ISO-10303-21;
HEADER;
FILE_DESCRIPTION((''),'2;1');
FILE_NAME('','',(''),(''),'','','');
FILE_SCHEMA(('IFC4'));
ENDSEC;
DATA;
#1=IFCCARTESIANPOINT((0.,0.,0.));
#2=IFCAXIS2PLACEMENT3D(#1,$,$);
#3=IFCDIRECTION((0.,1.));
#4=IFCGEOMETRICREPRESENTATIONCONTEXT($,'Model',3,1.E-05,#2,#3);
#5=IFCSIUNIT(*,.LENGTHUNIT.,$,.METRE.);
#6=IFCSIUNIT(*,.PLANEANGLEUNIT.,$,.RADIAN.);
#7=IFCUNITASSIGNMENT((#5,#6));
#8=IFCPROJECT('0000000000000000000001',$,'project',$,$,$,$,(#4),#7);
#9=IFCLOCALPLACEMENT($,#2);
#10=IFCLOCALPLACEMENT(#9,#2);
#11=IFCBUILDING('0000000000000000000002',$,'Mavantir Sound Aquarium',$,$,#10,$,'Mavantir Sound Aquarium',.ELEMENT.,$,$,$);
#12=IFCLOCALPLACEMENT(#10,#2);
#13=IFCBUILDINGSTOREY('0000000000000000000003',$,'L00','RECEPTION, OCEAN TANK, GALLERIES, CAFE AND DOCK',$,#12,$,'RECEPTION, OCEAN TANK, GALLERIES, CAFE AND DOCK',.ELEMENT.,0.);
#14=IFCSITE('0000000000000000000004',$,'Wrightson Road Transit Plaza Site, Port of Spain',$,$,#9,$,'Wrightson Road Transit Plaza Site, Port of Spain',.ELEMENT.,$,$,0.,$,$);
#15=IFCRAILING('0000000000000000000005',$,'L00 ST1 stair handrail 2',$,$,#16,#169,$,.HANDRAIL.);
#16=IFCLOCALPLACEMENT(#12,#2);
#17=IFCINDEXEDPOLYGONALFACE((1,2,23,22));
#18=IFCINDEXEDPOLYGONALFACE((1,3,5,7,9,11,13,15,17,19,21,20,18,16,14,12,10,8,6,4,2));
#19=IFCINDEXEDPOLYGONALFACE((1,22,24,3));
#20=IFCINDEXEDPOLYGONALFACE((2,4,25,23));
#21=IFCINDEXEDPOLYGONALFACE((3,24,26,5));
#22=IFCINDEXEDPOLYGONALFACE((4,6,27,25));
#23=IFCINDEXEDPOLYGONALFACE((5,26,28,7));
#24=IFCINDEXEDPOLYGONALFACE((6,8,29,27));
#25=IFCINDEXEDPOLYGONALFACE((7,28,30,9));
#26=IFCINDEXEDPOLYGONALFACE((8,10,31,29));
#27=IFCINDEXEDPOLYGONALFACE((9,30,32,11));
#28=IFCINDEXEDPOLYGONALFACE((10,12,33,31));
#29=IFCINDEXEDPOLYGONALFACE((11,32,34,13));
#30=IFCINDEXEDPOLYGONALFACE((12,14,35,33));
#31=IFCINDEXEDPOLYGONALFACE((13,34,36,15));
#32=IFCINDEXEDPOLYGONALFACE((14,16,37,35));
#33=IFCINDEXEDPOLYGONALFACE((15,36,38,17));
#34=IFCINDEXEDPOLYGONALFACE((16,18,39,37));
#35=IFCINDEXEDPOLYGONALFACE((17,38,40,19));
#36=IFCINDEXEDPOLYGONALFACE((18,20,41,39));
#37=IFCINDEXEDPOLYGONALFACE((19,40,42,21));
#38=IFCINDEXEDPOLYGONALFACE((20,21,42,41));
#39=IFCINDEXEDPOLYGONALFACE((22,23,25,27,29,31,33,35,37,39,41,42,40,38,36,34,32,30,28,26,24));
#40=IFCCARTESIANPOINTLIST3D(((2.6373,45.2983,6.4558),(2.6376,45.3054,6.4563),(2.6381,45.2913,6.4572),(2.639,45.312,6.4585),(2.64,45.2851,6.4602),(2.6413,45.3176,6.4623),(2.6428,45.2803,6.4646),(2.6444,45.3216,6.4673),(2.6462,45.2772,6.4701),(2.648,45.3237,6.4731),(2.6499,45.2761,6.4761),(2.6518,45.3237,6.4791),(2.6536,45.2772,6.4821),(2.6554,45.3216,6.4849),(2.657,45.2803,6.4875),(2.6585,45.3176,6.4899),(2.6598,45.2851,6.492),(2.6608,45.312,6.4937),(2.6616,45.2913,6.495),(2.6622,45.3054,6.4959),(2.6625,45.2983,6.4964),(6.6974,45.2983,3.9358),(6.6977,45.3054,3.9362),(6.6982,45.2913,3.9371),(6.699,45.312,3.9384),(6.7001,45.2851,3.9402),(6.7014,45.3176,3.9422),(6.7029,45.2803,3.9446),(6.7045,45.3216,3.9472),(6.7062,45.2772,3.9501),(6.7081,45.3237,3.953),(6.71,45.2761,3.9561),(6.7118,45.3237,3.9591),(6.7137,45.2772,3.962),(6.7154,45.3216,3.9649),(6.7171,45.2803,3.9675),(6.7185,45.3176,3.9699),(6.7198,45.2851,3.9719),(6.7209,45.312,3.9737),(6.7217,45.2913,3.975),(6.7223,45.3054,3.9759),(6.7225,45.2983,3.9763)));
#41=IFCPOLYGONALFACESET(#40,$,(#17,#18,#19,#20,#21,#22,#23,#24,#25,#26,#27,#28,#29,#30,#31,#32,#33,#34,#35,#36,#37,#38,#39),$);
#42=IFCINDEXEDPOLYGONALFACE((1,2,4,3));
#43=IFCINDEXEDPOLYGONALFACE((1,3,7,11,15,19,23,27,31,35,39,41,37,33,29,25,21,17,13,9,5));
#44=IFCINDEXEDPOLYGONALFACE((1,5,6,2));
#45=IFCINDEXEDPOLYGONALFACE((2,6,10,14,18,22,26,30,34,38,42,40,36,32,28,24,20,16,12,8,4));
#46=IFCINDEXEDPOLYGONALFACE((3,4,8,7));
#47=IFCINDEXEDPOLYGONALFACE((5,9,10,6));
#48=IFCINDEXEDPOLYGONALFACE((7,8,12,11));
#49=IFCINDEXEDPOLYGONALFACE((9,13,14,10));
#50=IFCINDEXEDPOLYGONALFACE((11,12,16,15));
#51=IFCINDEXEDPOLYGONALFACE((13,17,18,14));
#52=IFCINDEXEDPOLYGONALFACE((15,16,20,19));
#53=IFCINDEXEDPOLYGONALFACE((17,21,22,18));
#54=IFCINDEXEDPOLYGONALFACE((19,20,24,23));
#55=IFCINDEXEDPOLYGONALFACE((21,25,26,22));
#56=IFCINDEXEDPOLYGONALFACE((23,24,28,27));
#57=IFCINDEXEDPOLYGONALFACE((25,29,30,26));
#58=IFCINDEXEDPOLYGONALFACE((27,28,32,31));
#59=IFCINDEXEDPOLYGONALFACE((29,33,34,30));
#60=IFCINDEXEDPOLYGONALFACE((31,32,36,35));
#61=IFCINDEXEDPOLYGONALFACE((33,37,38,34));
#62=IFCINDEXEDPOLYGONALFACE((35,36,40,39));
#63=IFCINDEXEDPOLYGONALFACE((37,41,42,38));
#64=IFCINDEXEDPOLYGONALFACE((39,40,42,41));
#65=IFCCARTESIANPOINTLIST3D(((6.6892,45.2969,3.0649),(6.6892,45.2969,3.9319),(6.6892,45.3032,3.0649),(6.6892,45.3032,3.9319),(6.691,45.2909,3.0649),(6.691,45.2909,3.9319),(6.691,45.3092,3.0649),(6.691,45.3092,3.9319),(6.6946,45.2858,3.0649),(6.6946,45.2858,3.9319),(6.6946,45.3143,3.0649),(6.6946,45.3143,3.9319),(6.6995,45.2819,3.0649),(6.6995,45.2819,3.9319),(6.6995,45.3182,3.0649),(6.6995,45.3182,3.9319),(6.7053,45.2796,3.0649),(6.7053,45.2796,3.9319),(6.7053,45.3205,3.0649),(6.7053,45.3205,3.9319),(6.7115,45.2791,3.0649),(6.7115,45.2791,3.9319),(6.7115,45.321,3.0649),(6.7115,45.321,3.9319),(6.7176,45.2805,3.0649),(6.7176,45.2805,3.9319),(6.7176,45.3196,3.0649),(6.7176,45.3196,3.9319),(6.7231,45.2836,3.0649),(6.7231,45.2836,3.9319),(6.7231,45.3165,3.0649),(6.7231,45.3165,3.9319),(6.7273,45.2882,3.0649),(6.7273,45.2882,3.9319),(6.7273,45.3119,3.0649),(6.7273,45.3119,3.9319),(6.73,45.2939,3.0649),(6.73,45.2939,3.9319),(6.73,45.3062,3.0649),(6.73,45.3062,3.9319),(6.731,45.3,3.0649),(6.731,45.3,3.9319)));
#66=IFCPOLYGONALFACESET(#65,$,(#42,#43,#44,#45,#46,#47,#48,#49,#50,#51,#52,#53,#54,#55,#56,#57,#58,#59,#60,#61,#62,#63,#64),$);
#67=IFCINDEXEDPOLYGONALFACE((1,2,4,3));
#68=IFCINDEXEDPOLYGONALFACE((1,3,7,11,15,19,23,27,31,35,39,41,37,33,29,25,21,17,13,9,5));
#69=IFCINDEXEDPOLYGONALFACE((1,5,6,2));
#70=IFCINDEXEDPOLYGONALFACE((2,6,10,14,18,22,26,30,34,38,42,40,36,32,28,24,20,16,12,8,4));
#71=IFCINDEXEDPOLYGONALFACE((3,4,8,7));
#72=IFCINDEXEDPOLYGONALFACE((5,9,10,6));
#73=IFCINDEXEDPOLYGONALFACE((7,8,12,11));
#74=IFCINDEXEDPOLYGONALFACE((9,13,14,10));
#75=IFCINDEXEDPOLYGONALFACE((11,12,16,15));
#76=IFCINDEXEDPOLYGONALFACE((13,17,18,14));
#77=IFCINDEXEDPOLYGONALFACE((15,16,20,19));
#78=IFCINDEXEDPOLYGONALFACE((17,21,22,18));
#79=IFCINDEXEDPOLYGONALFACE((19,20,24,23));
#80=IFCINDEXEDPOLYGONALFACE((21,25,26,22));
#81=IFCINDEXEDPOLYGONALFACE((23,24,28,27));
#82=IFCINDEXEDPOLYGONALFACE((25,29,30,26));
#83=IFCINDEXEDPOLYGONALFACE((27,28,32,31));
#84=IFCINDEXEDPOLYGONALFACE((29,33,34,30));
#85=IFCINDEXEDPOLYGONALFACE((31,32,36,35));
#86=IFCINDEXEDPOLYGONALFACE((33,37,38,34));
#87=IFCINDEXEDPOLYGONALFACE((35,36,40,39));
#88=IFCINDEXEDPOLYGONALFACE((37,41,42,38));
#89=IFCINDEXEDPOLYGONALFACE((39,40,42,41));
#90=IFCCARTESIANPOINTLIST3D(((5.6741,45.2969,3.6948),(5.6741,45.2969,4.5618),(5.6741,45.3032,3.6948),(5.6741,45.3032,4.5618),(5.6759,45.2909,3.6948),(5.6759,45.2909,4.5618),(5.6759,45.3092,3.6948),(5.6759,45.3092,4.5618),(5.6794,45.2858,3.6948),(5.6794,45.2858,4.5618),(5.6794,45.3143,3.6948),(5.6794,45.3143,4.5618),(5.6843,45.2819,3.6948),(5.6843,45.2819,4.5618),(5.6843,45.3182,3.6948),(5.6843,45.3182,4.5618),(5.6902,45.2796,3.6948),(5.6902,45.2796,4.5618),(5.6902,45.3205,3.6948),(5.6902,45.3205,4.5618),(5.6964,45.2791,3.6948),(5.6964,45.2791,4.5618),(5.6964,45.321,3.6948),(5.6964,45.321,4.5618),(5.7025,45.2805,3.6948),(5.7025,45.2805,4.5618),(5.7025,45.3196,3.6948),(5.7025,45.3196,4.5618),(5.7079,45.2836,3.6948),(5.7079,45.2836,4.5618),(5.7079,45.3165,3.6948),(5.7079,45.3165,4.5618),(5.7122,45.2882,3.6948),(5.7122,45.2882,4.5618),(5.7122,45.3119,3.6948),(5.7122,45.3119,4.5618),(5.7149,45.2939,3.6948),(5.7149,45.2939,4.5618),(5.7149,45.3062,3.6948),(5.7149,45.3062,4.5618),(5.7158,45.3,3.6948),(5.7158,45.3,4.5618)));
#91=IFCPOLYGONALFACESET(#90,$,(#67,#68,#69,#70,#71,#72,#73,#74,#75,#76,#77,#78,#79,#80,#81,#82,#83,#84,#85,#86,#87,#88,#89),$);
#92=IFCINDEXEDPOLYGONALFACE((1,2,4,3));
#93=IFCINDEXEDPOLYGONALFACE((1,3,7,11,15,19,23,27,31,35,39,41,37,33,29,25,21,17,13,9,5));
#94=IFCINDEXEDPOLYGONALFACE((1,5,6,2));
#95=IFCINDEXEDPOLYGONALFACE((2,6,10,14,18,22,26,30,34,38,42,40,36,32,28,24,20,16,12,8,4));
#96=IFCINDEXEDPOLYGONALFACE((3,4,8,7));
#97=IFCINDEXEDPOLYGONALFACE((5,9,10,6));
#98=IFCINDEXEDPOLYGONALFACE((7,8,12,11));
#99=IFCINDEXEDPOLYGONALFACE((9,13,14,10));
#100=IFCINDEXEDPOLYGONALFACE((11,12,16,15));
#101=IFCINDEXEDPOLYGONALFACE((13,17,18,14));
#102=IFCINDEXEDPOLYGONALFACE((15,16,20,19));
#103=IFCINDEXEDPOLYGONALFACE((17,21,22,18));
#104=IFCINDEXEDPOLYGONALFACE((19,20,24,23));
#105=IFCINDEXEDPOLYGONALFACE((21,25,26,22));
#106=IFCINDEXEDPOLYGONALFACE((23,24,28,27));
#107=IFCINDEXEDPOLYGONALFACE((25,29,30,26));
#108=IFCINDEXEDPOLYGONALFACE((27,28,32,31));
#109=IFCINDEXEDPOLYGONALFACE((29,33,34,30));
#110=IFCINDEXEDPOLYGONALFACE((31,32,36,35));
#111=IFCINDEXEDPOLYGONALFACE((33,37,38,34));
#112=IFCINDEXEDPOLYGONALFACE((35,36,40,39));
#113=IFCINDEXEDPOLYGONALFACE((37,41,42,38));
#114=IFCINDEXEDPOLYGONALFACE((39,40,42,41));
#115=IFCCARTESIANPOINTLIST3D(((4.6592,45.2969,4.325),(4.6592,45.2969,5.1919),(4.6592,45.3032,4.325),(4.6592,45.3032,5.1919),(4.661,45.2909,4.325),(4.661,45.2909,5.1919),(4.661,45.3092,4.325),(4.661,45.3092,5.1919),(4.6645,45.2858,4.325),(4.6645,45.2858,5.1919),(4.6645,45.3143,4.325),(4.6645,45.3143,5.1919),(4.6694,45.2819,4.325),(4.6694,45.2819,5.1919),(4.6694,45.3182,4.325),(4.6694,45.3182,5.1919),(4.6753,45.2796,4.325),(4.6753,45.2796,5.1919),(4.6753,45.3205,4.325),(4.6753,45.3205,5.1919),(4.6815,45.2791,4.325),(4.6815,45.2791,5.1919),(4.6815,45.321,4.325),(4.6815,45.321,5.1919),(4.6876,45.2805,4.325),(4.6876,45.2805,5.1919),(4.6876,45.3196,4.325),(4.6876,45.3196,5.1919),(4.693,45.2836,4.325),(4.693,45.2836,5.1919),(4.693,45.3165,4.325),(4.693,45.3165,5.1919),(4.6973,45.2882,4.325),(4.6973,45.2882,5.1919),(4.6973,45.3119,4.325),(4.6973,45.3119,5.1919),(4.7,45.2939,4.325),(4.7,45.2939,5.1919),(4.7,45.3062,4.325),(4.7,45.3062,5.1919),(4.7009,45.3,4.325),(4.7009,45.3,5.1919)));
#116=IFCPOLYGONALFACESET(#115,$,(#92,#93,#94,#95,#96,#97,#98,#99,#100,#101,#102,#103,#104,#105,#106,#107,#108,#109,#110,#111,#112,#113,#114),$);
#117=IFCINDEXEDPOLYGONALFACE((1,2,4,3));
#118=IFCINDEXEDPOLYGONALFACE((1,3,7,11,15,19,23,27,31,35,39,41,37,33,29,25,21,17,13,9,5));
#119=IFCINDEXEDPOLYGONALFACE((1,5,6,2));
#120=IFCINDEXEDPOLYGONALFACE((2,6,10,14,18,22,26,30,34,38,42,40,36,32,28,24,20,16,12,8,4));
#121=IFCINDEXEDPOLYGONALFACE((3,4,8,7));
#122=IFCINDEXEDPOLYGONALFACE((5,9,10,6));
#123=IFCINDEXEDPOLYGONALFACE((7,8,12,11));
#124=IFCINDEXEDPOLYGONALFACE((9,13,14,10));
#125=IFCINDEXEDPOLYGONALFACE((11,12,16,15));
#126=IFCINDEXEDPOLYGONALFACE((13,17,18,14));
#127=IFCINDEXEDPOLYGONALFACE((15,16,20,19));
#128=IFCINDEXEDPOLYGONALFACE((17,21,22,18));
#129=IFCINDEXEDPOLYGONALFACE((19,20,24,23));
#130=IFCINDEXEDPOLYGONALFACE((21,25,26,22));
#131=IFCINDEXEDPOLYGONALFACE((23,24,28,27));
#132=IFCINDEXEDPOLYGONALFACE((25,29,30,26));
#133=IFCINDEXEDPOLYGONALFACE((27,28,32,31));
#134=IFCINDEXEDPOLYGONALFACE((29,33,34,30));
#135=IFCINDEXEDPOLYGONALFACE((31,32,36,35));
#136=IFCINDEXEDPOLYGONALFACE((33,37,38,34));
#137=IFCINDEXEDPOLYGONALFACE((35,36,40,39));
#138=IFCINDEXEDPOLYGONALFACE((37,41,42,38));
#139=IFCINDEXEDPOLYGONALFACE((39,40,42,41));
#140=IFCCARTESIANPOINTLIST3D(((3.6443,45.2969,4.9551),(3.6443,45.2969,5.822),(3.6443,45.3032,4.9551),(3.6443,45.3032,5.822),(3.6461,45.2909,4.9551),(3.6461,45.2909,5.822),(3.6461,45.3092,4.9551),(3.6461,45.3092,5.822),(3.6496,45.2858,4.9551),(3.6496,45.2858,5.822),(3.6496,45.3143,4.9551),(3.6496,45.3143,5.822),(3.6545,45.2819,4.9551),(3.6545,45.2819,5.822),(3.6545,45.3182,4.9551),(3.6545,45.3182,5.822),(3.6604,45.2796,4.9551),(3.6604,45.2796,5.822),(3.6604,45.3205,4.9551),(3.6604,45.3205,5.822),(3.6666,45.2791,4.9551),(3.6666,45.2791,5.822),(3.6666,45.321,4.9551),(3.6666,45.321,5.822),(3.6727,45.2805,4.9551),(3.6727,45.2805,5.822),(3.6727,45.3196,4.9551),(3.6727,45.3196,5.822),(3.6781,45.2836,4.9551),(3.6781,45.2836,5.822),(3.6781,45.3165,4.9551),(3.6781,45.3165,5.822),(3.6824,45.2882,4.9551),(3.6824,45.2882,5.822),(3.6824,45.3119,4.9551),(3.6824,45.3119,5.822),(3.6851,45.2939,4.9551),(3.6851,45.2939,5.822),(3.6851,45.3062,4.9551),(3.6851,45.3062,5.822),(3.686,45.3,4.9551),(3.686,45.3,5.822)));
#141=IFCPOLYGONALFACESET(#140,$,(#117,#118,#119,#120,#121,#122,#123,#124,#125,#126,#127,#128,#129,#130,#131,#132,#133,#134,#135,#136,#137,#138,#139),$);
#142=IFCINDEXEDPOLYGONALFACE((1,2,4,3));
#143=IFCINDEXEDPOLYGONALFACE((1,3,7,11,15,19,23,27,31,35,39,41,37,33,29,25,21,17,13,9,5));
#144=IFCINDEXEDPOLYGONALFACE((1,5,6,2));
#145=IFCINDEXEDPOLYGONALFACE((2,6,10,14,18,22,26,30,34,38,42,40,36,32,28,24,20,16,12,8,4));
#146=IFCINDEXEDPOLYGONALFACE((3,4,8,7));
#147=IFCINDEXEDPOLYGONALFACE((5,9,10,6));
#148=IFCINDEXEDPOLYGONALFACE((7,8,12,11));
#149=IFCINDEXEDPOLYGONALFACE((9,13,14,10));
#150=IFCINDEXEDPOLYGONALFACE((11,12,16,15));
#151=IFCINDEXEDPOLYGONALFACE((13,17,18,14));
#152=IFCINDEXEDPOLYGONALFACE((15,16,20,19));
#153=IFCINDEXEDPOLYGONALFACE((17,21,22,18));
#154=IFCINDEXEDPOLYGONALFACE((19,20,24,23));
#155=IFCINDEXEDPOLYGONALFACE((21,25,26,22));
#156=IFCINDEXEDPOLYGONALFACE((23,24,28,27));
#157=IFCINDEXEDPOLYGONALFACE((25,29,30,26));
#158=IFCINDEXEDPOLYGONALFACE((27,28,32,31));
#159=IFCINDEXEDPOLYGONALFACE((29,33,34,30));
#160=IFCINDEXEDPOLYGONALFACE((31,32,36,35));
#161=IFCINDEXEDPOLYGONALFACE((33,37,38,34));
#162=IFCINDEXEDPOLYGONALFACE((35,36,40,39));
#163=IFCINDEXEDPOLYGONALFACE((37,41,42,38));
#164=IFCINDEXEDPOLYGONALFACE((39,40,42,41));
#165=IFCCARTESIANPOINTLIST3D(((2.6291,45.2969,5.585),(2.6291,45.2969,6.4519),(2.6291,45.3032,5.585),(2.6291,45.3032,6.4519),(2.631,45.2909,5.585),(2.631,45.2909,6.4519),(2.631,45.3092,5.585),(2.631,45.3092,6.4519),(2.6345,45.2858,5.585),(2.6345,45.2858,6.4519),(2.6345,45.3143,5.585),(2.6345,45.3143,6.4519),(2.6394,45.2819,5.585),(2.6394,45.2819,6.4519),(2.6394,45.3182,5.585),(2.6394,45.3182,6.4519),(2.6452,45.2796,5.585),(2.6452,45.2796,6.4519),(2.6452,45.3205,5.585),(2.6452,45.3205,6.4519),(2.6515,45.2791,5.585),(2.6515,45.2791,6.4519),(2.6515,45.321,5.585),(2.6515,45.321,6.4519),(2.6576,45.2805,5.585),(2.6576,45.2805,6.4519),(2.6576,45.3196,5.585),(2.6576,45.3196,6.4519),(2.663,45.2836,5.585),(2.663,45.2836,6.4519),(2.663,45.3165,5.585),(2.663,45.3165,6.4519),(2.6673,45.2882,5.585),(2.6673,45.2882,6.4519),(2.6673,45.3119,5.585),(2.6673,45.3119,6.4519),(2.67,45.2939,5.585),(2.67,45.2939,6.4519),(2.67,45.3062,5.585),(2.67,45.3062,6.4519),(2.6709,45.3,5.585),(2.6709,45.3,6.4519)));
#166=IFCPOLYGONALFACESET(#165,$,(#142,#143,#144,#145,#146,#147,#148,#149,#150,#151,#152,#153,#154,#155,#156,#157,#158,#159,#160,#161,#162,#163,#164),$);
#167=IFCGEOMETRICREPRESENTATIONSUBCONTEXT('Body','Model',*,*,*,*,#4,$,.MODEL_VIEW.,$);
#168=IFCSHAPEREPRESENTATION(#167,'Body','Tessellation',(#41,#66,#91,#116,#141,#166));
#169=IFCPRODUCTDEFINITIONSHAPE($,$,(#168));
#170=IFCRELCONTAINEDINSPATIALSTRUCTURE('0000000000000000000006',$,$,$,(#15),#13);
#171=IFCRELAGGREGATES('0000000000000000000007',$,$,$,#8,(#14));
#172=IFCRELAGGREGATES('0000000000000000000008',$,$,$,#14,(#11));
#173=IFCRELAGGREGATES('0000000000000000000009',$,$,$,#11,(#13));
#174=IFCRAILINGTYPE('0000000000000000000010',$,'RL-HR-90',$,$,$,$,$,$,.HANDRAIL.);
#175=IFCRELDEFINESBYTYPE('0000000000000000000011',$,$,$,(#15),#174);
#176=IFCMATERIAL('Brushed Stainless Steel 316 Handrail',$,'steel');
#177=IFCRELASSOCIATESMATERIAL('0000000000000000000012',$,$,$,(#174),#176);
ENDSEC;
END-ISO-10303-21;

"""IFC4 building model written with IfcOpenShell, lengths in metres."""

from ifc_helpers import new_model, si_unit, direction, frame, origin, origin_2d, place, context, subcontext, project, spatial, circle, extrude, material, type_object, element, save


model = new_model("IFC4")

# Units and contexts
model_context = context("Model", 3, precision=1e-05, world=origin(), true_north=direction((0.0, 1.0)))
body_context = subcontext(model_context, "Body", "Model", "MODEL_VIEW")
ifc_project = project(units=[si_unit("LENGTHUNIT", "METRE"), si_unit("PLANEANGLEUNIT", "RADIAN")], contexts=[model_context])

# Site, building, storey
site_placement = place(None, origin())
site = spatial("IfcSite", under=ifc_project, at=site_placement, Name="Wrightson Road Transit Plaza Site, Port of Spain", LongName="Wrightson Road Transit Plaza Site, Port of Spain", CompositionType="ELEMENT", RefElevation=0.0)
building_placement = place(site_placement, origin())
building = spatial("IfcBuilding", under=site, at=building_placement, Name="Mavantir Sound Aquarium", LongName="Mavantir Sound Aquarium", CompositionType="ELEMENT")
storey_placement = place(building_placement, origin())
storey = spatial("IfcBuildingStorey", under=building, at=storey_placement, Name="L00", Description="RECEPTION, OCEAN TANK, GALLERIES, CAFE AND DOCK", LongName="RECEPTION, OCEAN TANK, GALLERIES, CAFE AND DOCK", CompositionType="ELEMENT", Elevation=0.0)

# Railing
ifc_material_1 = material(Name="Brushed Stainless Steel 316 Handrail", Category="steel")
railing_type_1 = type_object("IfcRailingType", Name="RL-HR-90", PredefinedType="HANDRAIL", material=ifc_material_1)
railing_1_placement = place(storey_placement, frame((6.71, 45.3, 3.0649)))
element("IfcRailing", 1, at=railing_1_placement, inside=storey, type_object=railing_type_1, Name="L00 ST1 stair handrail 2", PredefinedType="HANDRAIL", context=body_context, shape_type="SweptSolid", body=[
    extrude(circle(Radius=0.0239, at=origin_2d()), frame((0.0, 0.0, 0.8911), z_axis=(-0.849642, 0.0, 0.52736), x_axis=(0.0, -1.0, 0.0)), (0.0, 0.0, 1.0), 4.7786),
    extrude(circle(Radius=0.021, at=origin_2d()), origin(), (0.0, 0.0, 1.0), 0.8669),
    extrude(circle(Radius=0.021, at=origin_2d()), frame((-1.0151, 0.0, 0.6299)), (0.0, 0.0, 1.0), 0.8669),
    extrude(circle(Radius=0.021, at=origin_2d()), frame((-2.03, 0.0, 1.26)), (0.0, 0.0, 1.0), 0.8669),
    extrude(circle(Radius=0.021, at=origin_2d()), frame((-3.0449, 0.0, 1.8901)), (0.0, 0.0, 1.0), 0.8669),
    extrude(circle(Radius=0.021, at=origin_2d()), frame((-4.0601, 0.0, 2.52)), (0.0, 0.0, 1.0), 0.8669),
])

save(model, "model.ifc")
